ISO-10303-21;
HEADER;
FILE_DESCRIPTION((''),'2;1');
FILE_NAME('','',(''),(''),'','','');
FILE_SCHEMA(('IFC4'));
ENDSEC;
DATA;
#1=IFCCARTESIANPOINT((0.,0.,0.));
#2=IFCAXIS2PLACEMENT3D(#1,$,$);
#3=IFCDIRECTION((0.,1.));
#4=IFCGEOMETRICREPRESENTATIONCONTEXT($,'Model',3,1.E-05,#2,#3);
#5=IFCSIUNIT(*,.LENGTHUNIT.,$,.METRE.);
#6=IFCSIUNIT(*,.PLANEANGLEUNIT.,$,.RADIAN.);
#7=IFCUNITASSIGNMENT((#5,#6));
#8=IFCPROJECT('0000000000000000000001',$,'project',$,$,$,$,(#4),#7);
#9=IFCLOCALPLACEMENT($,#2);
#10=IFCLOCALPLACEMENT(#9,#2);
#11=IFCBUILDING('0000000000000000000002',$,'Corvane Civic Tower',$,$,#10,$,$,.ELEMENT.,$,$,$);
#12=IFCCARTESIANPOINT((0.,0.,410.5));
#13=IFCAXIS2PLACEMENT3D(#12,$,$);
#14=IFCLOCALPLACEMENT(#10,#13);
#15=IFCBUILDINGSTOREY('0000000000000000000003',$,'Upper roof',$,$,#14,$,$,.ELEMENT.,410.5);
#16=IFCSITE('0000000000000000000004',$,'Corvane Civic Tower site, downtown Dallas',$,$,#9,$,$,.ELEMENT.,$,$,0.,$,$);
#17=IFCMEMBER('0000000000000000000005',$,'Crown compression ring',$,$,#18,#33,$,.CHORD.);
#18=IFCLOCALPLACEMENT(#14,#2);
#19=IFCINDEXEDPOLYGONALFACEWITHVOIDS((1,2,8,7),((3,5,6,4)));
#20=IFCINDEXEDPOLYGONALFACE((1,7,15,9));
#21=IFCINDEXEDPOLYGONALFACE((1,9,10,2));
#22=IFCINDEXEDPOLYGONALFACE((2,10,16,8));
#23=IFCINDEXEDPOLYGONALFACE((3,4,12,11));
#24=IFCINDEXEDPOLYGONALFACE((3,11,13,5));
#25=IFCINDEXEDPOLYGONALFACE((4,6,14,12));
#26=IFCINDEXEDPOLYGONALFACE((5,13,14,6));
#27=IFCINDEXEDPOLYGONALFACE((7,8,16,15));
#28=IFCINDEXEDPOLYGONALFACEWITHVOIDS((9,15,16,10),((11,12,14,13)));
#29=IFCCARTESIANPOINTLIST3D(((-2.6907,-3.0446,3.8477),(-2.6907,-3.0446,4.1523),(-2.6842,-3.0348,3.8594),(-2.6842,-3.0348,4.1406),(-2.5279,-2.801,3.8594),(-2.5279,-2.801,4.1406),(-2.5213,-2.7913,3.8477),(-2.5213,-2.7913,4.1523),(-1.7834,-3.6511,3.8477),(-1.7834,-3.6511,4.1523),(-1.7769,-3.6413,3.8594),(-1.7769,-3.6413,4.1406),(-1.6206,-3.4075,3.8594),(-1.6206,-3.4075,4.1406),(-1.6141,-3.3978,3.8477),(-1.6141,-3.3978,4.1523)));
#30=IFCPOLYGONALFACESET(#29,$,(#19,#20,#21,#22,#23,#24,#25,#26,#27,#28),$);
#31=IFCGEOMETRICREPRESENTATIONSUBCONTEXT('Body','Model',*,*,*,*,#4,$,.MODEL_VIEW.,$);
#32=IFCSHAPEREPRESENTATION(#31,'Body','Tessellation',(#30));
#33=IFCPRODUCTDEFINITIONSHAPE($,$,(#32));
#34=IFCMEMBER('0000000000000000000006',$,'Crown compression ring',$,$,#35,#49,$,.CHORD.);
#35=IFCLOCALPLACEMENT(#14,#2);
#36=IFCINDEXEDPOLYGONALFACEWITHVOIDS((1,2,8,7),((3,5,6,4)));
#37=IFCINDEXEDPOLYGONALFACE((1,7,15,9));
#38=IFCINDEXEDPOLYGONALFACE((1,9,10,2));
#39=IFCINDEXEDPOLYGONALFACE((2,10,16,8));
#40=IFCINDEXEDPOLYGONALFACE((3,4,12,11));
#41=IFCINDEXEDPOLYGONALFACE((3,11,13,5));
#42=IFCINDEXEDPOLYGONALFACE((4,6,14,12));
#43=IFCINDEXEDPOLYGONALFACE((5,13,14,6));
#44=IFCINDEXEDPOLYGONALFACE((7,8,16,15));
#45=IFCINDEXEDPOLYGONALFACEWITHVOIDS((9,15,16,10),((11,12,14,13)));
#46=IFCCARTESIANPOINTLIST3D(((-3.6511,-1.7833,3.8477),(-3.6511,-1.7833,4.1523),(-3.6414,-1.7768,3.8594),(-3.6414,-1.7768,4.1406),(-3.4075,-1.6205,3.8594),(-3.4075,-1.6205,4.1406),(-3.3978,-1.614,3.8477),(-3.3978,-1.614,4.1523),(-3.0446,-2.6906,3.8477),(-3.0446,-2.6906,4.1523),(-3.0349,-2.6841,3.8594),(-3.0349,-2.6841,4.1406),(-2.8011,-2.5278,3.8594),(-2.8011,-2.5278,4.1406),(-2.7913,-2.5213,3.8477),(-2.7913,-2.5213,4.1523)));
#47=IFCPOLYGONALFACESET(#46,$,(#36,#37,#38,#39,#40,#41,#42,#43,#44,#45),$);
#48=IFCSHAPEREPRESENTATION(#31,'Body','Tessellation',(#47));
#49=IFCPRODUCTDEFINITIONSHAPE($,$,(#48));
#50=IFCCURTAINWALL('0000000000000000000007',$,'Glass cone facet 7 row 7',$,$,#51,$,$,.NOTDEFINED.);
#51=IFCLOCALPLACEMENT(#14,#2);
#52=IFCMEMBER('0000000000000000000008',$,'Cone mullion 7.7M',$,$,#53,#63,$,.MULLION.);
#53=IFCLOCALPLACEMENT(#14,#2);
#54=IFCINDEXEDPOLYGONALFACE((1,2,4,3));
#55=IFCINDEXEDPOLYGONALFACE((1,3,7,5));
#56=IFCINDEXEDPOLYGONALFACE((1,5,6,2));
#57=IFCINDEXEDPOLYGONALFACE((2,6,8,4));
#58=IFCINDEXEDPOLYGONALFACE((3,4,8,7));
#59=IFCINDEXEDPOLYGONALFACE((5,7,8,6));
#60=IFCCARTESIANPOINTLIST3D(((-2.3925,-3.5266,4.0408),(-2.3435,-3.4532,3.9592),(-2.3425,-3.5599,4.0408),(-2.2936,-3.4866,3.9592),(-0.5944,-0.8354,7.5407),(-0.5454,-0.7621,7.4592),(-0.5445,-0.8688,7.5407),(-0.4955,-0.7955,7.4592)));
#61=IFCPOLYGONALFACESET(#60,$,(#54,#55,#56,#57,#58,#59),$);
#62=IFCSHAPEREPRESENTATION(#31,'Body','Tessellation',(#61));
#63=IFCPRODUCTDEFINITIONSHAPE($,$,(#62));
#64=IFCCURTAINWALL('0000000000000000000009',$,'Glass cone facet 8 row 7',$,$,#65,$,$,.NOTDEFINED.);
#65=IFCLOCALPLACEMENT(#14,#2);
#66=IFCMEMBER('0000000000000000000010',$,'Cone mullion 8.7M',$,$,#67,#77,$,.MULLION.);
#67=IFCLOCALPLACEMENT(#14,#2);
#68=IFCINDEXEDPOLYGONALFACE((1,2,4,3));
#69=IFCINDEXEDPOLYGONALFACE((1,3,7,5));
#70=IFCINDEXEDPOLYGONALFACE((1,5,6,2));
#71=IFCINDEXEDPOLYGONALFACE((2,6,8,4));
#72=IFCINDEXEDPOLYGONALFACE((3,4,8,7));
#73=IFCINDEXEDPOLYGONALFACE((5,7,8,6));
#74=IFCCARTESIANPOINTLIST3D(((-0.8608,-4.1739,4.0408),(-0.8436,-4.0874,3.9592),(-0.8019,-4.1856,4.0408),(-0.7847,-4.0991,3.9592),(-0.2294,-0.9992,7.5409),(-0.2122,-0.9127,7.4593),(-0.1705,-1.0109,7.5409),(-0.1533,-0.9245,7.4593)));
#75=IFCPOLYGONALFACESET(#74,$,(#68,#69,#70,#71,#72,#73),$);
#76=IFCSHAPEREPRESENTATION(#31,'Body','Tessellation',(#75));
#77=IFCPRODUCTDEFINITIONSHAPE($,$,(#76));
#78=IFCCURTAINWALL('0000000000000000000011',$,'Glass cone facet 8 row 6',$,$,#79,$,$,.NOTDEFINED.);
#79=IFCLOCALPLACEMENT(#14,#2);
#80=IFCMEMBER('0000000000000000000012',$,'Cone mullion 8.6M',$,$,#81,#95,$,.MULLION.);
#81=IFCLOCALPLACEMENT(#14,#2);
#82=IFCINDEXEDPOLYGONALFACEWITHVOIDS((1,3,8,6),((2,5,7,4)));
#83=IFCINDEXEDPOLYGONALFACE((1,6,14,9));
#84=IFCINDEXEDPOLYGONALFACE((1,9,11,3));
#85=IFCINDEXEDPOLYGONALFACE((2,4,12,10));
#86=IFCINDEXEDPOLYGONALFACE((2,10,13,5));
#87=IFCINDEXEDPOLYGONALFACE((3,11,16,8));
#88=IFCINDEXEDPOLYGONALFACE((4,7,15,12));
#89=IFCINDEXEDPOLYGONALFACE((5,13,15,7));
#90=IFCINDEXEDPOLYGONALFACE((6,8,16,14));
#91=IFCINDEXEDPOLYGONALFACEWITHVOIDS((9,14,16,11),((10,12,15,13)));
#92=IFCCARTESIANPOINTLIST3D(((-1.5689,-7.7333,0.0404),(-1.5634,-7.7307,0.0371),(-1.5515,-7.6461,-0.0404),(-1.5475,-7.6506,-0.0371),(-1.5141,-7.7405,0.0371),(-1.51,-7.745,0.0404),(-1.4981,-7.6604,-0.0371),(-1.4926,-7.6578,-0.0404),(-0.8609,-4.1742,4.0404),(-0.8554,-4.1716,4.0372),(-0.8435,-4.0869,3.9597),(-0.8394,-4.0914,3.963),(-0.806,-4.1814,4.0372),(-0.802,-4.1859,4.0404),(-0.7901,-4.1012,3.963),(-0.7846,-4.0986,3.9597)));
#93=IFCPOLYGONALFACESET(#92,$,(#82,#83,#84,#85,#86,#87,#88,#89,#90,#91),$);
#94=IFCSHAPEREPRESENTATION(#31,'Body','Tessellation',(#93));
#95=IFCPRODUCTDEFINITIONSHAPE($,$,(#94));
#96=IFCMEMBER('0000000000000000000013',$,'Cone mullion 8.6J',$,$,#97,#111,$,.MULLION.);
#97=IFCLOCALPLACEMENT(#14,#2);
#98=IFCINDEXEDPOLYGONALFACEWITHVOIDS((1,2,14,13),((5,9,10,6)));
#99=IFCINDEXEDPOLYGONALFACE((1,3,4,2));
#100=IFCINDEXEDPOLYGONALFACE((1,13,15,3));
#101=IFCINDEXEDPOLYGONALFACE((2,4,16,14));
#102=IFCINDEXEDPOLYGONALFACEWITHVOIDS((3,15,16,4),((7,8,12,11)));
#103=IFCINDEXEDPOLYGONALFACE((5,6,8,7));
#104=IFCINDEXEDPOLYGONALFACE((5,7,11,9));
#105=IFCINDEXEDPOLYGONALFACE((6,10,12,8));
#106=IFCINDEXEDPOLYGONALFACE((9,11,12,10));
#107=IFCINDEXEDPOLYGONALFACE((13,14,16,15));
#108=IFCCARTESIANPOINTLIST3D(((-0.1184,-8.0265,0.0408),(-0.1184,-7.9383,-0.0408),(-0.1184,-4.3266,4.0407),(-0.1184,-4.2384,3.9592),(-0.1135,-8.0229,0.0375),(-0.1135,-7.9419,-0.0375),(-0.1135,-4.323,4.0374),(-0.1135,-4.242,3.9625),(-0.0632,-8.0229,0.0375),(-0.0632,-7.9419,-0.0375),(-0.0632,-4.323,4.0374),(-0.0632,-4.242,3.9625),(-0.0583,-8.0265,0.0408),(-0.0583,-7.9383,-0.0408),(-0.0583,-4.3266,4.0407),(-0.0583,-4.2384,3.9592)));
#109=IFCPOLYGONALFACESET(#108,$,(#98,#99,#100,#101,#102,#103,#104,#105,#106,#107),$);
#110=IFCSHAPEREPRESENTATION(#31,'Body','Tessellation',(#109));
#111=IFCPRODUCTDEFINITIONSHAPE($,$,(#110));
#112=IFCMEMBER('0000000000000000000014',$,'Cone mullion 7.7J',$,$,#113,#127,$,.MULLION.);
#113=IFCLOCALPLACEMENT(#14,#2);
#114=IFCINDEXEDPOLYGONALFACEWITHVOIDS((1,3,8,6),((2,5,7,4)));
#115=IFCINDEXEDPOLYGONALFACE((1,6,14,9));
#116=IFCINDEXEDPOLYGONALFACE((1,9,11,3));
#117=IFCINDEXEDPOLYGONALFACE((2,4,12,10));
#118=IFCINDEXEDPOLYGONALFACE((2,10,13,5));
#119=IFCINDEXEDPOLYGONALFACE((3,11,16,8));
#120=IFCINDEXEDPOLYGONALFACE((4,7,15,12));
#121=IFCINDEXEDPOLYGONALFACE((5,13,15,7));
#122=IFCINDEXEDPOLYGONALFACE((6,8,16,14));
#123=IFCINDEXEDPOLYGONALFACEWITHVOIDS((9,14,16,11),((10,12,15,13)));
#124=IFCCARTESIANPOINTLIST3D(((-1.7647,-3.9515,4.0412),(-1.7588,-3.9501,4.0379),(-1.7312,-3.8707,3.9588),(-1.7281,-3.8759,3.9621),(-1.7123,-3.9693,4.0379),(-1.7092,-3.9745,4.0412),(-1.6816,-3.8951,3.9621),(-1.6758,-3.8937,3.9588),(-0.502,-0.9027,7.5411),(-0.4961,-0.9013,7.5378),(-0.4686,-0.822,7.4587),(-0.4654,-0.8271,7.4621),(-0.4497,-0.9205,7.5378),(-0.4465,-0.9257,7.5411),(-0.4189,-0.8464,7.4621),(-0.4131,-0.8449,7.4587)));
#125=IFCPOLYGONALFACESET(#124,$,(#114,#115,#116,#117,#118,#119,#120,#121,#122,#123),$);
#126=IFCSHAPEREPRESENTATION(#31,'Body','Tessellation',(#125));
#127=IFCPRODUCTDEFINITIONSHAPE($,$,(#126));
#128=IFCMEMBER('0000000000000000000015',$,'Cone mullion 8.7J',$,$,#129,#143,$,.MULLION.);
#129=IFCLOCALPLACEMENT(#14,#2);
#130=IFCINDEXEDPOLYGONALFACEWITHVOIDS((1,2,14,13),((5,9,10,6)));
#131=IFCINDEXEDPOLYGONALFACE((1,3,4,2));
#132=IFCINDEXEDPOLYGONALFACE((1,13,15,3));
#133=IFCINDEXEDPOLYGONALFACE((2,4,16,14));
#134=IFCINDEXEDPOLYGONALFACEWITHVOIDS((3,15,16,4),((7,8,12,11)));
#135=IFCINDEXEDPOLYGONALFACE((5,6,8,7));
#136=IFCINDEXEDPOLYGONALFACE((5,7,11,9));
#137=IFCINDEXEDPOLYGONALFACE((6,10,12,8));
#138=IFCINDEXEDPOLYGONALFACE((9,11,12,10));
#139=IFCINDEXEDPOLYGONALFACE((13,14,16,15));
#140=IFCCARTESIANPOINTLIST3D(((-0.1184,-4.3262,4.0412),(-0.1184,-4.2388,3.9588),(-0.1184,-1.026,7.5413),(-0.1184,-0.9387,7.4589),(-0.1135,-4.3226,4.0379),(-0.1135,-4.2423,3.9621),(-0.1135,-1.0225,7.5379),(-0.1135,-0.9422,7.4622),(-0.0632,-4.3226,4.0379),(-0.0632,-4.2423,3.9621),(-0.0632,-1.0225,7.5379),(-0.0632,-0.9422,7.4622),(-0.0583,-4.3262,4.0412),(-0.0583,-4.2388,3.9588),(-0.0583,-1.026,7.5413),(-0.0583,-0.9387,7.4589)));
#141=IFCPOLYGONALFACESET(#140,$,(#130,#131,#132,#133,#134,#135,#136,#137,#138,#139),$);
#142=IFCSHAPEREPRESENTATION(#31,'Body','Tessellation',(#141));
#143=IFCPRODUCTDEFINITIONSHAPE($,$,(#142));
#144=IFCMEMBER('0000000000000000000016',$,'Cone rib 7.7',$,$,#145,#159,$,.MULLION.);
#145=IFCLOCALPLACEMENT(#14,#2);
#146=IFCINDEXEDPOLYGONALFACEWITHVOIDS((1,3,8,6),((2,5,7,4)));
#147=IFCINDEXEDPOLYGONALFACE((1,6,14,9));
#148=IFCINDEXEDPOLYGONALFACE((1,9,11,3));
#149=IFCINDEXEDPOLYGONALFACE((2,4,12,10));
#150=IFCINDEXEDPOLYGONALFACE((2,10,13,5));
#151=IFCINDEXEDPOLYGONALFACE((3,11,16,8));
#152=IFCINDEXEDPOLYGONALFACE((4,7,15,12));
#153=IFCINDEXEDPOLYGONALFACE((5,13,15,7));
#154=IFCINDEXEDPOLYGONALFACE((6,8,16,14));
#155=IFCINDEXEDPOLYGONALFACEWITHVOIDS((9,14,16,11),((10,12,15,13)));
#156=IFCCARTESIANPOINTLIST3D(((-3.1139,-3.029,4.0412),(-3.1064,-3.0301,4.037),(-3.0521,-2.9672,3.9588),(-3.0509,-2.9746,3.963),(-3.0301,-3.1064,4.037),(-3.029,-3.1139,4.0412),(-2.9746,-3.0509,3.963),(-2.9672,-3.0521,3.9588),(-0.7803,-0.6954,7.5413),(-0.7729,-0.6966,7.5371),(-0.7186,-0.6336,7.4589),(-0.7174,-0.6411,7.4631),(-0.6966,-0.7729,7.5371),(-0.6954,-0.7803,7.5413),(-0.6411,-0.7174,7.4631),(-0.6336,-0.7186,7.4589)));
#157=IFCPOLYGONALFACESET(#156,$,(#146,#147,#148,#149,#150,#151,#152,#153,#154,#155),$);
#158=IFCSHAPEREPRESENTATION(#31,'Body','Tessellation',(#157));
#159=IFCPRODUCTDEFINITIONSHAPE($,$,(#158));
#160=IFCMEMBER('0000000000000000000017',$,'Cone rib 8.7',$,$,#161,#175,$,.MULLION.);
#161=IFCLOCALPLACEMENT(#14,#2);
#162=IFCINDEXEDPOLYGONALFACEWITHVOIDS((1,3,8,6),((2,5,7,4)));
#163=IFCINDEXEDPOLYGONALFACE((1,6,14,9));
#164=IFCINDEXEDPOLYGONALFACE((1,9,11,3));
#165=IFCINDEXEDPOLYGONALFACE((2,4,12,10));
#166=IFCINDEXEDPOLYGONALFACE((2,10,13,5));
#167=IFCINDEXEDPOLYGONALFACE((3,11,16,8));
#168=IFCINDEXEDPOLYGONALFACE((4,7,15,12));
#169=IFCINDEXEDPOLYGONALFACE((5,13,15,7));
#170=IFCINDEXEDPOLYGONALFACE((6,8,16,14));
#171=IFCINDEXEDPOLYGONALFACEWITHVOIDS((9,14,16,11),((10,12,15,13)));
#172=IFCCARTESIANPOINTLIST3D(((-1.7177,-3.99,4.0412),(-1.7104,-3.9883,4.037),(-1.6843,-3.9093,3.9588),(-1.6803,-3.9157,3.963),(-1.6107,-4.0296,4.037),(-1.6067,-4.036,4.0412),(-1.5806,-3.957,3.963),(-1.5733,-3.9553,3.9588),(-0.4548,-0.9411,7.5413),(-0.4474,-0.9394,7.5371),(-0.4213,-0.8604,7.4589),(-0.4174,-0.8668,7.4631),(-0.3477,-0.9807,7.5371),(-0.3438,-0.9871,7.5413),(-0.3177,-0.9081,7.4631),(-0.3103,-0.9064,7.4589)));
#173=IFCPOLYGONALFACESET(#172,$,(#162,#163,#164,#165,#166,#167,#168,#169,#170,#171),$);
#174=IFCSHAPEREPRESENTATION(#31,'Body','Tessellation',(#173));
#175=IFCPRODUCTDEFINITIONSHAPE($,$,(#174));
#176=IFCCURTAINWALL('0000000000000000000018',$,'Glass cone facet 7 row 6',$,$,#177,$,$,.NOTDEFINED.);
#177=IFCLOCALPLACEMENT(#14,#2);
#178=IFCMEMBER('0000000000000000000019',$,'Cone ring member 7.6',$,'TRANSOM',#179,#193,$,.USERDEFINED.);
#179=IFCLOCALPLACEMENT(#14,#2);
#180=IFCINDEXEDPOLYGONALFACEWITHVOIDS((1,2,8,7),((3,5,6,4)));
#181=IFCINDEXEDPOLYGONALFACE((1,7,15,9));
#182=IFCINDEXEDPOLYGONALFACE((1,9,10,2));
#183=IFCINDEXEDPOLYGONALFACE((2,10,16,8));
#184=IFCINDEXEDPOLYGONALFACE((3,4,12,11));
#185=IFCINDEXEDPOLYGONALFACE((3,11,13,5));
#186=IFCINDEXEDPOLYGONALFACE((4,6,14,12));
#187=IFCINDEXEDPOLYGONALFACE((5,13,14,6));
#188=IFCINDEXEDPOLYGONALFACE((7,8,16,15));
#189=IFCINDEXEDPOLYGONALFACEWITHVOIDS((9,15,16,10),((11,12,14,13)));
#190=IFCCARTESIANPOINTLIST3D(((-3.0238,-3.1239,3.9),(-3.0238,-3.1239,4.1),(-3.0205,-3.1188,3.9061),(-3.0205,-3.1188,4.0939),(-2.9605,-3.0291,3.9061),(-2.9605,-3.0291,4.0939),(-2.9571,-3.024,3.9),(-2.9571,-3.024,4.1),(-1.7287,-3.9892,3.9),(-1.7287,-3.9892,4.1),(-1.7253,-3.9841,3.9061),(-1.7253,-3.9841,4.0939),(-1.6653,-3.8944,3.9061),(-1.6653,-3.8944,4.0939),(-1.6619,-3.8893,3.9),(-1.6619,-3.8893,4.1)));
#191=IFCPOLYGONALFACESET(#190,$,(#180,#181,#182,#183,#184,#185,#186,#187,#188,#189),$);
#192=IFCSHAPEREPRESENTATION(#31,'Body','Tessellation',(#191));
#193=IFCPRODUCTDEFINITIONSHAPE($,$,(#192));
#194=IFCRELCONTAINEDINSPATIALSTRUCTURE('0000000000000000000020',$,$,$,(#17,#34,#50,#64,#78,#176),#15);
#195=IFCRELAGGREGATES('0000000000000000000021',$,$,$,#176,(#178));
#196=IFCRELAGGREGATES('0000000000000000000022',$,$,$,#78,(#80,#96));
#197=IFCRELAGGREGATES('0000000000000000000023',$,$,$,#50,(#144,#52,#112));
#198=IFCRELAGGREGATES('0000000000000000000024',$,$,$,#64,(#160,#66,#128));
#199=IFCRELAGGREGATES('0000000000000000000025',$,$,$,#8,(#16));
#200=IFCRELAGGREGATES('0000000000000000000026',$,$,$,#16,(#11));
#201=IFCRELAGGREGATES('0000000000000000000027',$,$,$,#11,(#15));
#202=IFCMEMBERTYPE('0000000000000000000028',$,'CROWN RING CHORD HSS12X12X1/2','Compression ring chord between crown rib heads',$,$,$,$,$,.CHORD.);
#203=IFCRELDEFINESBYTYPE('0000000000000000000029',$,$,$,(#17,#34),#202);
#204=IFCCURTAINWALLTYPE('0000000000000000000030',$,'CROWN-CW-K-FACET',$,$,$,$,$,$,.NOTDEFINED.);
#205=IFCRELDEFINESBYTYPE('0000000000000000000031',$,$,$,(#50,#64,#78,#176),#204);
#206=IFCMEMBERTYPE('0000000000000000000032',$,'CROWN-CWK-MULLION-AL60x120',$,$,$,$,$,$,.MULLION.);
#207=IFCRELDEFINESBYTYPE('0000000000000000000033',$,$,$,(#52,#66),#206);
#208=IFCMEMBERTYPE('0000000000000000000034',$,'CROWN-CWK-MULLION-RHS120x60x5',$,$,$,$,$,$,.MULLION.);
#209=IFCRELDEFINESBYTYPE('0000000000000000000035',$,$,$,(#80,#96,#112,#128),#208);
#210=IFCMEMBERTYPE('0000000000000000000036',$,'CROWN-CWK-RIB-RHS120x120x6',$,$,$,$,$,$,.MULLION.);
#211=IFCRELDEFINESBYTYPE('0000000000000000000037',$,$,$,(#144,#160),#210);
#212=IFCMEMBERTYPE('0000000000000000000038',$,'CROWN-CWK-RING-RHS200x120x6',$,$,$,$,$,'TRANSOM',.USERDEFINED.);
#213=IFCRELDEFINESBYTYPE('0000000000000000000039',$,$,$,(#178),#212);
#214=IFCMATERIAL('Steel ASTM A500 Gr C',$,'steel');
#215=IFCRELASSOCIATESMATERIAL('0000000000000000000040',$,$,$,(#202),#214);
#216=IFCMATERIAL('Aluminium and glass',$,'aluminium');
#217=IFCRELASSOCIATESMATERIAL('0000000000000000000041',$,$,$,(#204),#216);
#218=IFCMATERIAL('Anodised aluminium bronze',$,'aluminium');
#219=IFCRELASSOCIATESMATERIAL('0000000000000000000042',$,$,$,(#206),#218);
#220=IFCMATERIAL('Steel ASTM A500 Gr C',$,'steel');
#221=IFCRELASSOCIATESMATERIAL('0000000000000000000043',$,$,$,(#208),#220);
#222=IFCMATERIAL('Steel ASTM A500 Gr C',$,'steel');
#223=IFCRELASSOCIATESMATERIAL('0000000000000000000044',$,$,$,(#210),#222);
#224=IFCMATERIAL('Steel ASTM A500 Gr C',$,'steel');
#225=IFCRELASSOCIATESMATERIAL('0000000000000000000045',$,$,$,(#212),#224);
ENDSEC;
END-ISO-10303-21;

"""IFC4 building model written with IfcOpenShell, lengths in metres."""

from ifc_helpers import new_model, si_unit, direction, frame, origin, origin_2d, place, context, subcontext, project, spatial, rectangle, hollow_rectangle, extrude, material, material_profile, profile_set, type_object, element, aggregate, save


model = new_model("IFC4")

# Units and contexts
model_context = context("Model", 3, precision=1e-05, world=origin(), true_north=direction((0.0, 1.0)))
body_context = subcontext(model_context, "Body", "Model", "MODEL_VIEW")
ifc_project = project(units=[si_unit("LENGTHUNIT", "METRE"), si_unit("PLANEANGLEUNIT", "RADIAN")], contexts=[model_context])

# Site, building, storey
site_placement = place(None, origin())
site = spatial("IfcSite", under=ifc_project, at=site_placement, Name="Corvane Civic Tower site, downtown Dallas", CompositionType="ELEMENT", RefElevation=0.0)
building_placement = place(site_placement, origin())
building = spatial("IfcBuilding", under=site, at=building_placement, Name="Corvane Civic Tower", CompositionType="ELEMENT")
storey_placement = place(building_placement, frame((0.0, 0.0, 410.5)))
storey = spatial("IfcBuildingStorey", under=building, at=storey_placement, Name="Upper roof", CompositionType="ELEMENT", Elevation=410.5)

# Members
ifc_material_1 = material(Name="Steel ASTM A500 Gr C", Category="steel")
ifc_material_profile_1 = material_profile(ifc_material_1, hollow_rectangle(XDim=0.3047, YDim=0.3047, WallThickness=0.0117, at=origin_2d()), Name="HSS12X12X1/2")
ifc_profile_set_1 = profile_set([ifc_material_profile_1], Name="Steel ASTM A500 Gr C")
member_type_1 = type_object("IfcMemberType", Name="CROWN RING CHORD HSS12X12X1/2", Description="Compression ring chord between crown rib heads", PredefinedType="CHORD", material=ifc_profile_set_1)
for number, where, z_axis, x_axis, name in (
    (1, (-1.6987, -3.5244, 4.0), (-0.831361, 0.555732, 0.0), (-0.555732, -0.831361, 0.0), "Crown compression ring"),
    (2, (-2.918, -2.606, 4.0), (-0.555732, 0.831361, 0.0), (-0.831361, -0.555732, 0.0), "Crown compression ring"),
):
    element("IfcMember", number, at=place(storey_placement, frame(where, z_axis=z_axis, x_axis=x_axis)), inside=storey, type_object=member_type_1, Name=name, PredefinedType="CHORD", context=body_context, shape_type="SweptSolid", body=[
        extrude(hollow_rectangle(XDim=0.3047, YDim=0.3047, WallThickness=0.0117, at=origin_2d()), origin(), (0.0, 0.0, 1.0), 1.0913),
    ])

# Curtain walls, members
ifc_material_2 = material(Name="Aluminium and glass", Category="aluminium")
curtain_wall_type = type_object("IfcCurtainWallType", Name="CROWN-CW-K-FACET", PredefinedType="NOTDEFINED", material=ifc_material_2)
curtain_wall_1_placement = place(storey_placement, origin())
curtain_wall_1 = element("IfcCurtainWall", 3, at=curtain_wall_1_placement, inside=storey, type_object=curtain_wall_type, Name="Glass cone facet 7 row 7", PredefinedType="NOTDEFINED")
ifc_material_3 = material(Name="Anodised aluminium bronze", Category="aluminium")
ifc_material_profile_2 = material_profile(ifc_material_3, rectangle(XDim=0.0601, YDim=0.1201, at=origin_2d()), Name="AL 60x120")
ifc_profile_set_2 = profile_set([ifc_material_profile_2], Name="Anodised aluminium bronze")
member_type_2 = type_object("IfcMemberType", Name="CROWN-CWK-MULLION-AL60x120", PredefinedType="MULLION", material=ifc_profile_set_2)
member_1_placement = place(storey_placement, frame((-2.343, -3.5066, 4.0), z_axis=(0.377186, 0.564525, 0.734195), x_axis=(-0.831481, 0.555553, 0.0)))
member_1 = element("IfcMember", 4, at=member_1_placement, type_object=member_type_2, Name="Cone mullion 7.7M", PredefinedType="MULLION", context=body_context, shape_type="SweptSolid", body=[
    extrude(rectangle(XDim=0.0601, YDim=0.1201, at=origin_2d()), origin(), (0.0, 0.0, 1.0), 4.7671),
])
curtain_wall_2_placement = place(storey_placement, origin())
curtain_wall_2 = element("IfcCurtainWall", 5, at=curtain_wall_2_placement, inside=storey, type_object=curtain_wall_type, Name="Glass cone facet 8 row 7", PredefinedType="NOTDEFINED")
member_2_placement = place(storey_placement, frame((-0.8228, -4.1365, 4.0), z_axis=(0.132435, 0.665914, 0.73418), x_axis=(-0.980792, 0.195057, 0.0)))
member_2 = element("IfcMember", 6, at=member_2_placement, type_object=member_type_2, Name="Cone mullion 8.7M", PredefinedType="MULLION", context=body_context, shape_type="SweptSolid", body=[
    extrude(rectangle(XDim=0.0601, YDim=0.1201, at=origin_2d()), origin(), (0.0, 0.0, 1.0), 4.7673),
])

# Curtain wall, members
curtain_wall_3_placement = place(storey_placement, origin())
curtain_wall_3 = element("IfcCurtainWall", 7, at=curtain_wall_3_placement, inside=storey, type_object=curtain_wall_type, Name="Glass cone facet 8 row 6", PredefinedType="NOTDEFINED")
ifc_material_4 = material(Name="Steel ASTM A500 Gr C", Category="steel")
ifc_material_profile_3 = material_profile(ifc_material_4, hollow_rectangle(XDim=0.0601, YDim=0.1201, WallThickness=0.0049, at=origin_2d()), Name="RHS 120x60x5")
ifc_profile_set_3 = profile_set([ifc_material_profile_3], Name="Steel ASTM A500 Gr C")
member_type_3 = type_object("IfcMemberType", Name="CROWN-CWK-MULLION-RHS120x60x5", PredefinedType="MULLION", material=ifc_profile_set_3)
member_3_placement = place(storey_placement, frame((-1.5308, -7.6956, 0.0), z_axis=(0.131094, 0.658995, 0.740635), x_axis=(-0.980782, 0.195107, 0.0)))
member_3 = element("IfcMember", 8, at=member_3_placement, type_object=member_type_3, Name="Cone mullion 8.6M", PredefinedType="MULLION", context=body_context, shape_type="SweptSolid", body=[
    extrude(hollow_rectangle(XDim=0.0601, YDim=0.1201, WallThickness=0.0049, at=origin_2d()), origin(), (0.0, 0.0, 1.0), 5.4009),
])
member_4_placement = place(storey_placement, frame((-0.0884, -7.9824, 0.0), z_axis=(0.0, 0.679037, 0.734104), x_axis=(-1.0, 0.0, 0.0)))
member_4 = element("IfcMember", 9, at=member_4_placement, type_object=member_type_3, Name="Cone mullion 8.6J", PredefinedType="MULLION", context=body_context, shape_type="SweptSolid", body=[
    extrude(hollow_rectangle(XDim=0.0601, YDim=0.1201, WallThickness=0.0049, at=origin_2d()), origin(), (0.0, 0.0, 1.0), 5.4487),
])

# Members
member_5_placement = place(storey_placement, frame((-1.7202, -3.9226, 4.0), z_axis=(0.262494, 0.633802, 0.727593), x_axis=(-0.923898, 0.382639, 0.0)))
member_5 = element("IfcMember", 10, at=member_5_placement, type_object=member_type_3, Name="Cone mullion 7.7J", PredefinedType="MULLION", context=body_context, shape_type="SweptSolid", body=[
    extrude(hollow_rectangle(XDim=0.0601, YDim=0.1201, WallThickness=0.0049, at=origin_2d()), origin(), (0.0, 0.0, 1.0), 4.8103),
])
member_6_placement = place(storey_placement, frame((-0.0884, -4.2825, 4.0), z_axis=(0.0, 0.686018, 0.727584), x_axis=(-1.0, 0.0, 0.0)))
member_6 = element("IfcMember", 11, at=member_6_placement, type_object=member_type_3, Name="Cone mullion 8.7J", PredefinedType="MULLION", context=body_context, shape_type="SweptSolid", body=[
    extrude(hollow_rectangle(XDim=0.0601, YDim=0.1201, WallThickness=0.0049, at=origin_2d()), origin(), (0.0, 0.0, 1.0), 4.8105),
])
ifc_material_5 = material(Name="Steel ASTM A500 Gr C", Category="steel")
ifc_material_profile_4 = material_profile(ifc_material_5, hollow_rectangle(XDim=0.1201, YDim=0.1201, WallThickness=0.0061, at=origin_2d()), Name="RHS 120x120x6")
ifc_profile_set_4 = profile_set([ifc_material_profile_4], Name="Steel ASTM A500 Gr C")
member_type_4 = type_object("IfcMemberType", Name="CROWN-CWK-RIB-RHS120x120x6", PredefinedType="MULLION", material=ifc_profile_set_4)
member_7_placement = place(storey_placement, frame((-3.0405, -3.0405, 4.0), z_axis=(0.485089, 0.485089, 0.727583), x_axis=(-0.707107, 0.707107, 0.0)))
member_7 = element("IfcMember", 12, at=member_7_placement, type_object=member_type_4, Name="Cone rib 7.7", PredefinedType="MULLION", context=body_context, shape_type="SweptSolid", body=[
    extrude(hollow_rectangle(XDim=0.1201, YDim=0.1201, WallThickness=0.0061, at=origin_2d()), origin(), (0.0, 0.0, 1.0), 4.8105),
])
member_8_placement = place(storey_placement, frame((-1.6455, -3.9727, 4.0), z_axis=(0.262541, 0.633794, 0.727584), x_axis=(-0.923872, 0.382702, 0.0)))
member_8 = element("IfcMember", 13, at=member_8_placement, type_object=member_type_4, Name="Cone rib 8.7", PredefinedType="MULLION", context=body_context, shape_type="SweptSolid", body=[
    extrude(hollow_rectangle(XDim=0.1201, YDim=0.1201, WallThickness=0.0061, at=origin_2d()), origin(), (0.0, 0.0, 1.0), 4.8105),
])

# Curtain wall, member
curtain_wall_4_placement = place(storey_placement, origin())
curtain_wall_4 = element("IfcCurtainWall", 14, at=curtain_wall_4_placement, inside=storey, type_object=curtain_wall_type, Name="Glass cone facet 7 row 6", PredefinedType="NOTDEFINED")
ifc_material_6 = material(Name="Steel ASTM A500 Gr C", Category="steel")
ifc_material_profile_5 = material_profile(ifc_material_6, hollow_rectangle(XDim=0.1201, YDim=0.2, WallThickness=0.0061, at=origin_2d()), Name="RHS 200x120x6")
ifc_profile_set_5 = profile_set([ifc_material_profile_5], Name="Steel ASTM A500 Gr C")
member_type_5 = type_object("IfcMemberType", Name="CROWN-CWK-RING-RHS200x120x6", ElementType="TRANSOM", PredefinedType="USERDEFINED", material=ifc_profile_set_5)
member_9_placement = place(storey_placement, frame((-2.9905, -3.074, 4.0), z_axis=(0.831519, -0.555496, 0.0), x_axis=(0.555496, 0.831519, 0.0)))
member_9 = element("IfcMember", 15, at=member_9_placement, type_object=member_type_5, Name="Cone ring member 7.6", ObjectType="TRANSOM", PredefinedType="USERDEFINED", context=body_context, shape_type="SweptSolid", body=[
    extrude(hollow_rectangle(XDim=0.1201, YDim=0.2, WallThickness=0.0061, at=origin_2d()), origin(), (0.0, 0.0, 1.0), 1.5576),
])
aggregate(curtain_wall_4, [member_9])

aggregate(curtain_wall_3, [member_3, member_4])

aggregate(curtain_wall_1, [member_7, member_1, member_5])
aggregate(curtain_wall_2, [member_8, member_2, member_6])

save(model, "model.ifc")
